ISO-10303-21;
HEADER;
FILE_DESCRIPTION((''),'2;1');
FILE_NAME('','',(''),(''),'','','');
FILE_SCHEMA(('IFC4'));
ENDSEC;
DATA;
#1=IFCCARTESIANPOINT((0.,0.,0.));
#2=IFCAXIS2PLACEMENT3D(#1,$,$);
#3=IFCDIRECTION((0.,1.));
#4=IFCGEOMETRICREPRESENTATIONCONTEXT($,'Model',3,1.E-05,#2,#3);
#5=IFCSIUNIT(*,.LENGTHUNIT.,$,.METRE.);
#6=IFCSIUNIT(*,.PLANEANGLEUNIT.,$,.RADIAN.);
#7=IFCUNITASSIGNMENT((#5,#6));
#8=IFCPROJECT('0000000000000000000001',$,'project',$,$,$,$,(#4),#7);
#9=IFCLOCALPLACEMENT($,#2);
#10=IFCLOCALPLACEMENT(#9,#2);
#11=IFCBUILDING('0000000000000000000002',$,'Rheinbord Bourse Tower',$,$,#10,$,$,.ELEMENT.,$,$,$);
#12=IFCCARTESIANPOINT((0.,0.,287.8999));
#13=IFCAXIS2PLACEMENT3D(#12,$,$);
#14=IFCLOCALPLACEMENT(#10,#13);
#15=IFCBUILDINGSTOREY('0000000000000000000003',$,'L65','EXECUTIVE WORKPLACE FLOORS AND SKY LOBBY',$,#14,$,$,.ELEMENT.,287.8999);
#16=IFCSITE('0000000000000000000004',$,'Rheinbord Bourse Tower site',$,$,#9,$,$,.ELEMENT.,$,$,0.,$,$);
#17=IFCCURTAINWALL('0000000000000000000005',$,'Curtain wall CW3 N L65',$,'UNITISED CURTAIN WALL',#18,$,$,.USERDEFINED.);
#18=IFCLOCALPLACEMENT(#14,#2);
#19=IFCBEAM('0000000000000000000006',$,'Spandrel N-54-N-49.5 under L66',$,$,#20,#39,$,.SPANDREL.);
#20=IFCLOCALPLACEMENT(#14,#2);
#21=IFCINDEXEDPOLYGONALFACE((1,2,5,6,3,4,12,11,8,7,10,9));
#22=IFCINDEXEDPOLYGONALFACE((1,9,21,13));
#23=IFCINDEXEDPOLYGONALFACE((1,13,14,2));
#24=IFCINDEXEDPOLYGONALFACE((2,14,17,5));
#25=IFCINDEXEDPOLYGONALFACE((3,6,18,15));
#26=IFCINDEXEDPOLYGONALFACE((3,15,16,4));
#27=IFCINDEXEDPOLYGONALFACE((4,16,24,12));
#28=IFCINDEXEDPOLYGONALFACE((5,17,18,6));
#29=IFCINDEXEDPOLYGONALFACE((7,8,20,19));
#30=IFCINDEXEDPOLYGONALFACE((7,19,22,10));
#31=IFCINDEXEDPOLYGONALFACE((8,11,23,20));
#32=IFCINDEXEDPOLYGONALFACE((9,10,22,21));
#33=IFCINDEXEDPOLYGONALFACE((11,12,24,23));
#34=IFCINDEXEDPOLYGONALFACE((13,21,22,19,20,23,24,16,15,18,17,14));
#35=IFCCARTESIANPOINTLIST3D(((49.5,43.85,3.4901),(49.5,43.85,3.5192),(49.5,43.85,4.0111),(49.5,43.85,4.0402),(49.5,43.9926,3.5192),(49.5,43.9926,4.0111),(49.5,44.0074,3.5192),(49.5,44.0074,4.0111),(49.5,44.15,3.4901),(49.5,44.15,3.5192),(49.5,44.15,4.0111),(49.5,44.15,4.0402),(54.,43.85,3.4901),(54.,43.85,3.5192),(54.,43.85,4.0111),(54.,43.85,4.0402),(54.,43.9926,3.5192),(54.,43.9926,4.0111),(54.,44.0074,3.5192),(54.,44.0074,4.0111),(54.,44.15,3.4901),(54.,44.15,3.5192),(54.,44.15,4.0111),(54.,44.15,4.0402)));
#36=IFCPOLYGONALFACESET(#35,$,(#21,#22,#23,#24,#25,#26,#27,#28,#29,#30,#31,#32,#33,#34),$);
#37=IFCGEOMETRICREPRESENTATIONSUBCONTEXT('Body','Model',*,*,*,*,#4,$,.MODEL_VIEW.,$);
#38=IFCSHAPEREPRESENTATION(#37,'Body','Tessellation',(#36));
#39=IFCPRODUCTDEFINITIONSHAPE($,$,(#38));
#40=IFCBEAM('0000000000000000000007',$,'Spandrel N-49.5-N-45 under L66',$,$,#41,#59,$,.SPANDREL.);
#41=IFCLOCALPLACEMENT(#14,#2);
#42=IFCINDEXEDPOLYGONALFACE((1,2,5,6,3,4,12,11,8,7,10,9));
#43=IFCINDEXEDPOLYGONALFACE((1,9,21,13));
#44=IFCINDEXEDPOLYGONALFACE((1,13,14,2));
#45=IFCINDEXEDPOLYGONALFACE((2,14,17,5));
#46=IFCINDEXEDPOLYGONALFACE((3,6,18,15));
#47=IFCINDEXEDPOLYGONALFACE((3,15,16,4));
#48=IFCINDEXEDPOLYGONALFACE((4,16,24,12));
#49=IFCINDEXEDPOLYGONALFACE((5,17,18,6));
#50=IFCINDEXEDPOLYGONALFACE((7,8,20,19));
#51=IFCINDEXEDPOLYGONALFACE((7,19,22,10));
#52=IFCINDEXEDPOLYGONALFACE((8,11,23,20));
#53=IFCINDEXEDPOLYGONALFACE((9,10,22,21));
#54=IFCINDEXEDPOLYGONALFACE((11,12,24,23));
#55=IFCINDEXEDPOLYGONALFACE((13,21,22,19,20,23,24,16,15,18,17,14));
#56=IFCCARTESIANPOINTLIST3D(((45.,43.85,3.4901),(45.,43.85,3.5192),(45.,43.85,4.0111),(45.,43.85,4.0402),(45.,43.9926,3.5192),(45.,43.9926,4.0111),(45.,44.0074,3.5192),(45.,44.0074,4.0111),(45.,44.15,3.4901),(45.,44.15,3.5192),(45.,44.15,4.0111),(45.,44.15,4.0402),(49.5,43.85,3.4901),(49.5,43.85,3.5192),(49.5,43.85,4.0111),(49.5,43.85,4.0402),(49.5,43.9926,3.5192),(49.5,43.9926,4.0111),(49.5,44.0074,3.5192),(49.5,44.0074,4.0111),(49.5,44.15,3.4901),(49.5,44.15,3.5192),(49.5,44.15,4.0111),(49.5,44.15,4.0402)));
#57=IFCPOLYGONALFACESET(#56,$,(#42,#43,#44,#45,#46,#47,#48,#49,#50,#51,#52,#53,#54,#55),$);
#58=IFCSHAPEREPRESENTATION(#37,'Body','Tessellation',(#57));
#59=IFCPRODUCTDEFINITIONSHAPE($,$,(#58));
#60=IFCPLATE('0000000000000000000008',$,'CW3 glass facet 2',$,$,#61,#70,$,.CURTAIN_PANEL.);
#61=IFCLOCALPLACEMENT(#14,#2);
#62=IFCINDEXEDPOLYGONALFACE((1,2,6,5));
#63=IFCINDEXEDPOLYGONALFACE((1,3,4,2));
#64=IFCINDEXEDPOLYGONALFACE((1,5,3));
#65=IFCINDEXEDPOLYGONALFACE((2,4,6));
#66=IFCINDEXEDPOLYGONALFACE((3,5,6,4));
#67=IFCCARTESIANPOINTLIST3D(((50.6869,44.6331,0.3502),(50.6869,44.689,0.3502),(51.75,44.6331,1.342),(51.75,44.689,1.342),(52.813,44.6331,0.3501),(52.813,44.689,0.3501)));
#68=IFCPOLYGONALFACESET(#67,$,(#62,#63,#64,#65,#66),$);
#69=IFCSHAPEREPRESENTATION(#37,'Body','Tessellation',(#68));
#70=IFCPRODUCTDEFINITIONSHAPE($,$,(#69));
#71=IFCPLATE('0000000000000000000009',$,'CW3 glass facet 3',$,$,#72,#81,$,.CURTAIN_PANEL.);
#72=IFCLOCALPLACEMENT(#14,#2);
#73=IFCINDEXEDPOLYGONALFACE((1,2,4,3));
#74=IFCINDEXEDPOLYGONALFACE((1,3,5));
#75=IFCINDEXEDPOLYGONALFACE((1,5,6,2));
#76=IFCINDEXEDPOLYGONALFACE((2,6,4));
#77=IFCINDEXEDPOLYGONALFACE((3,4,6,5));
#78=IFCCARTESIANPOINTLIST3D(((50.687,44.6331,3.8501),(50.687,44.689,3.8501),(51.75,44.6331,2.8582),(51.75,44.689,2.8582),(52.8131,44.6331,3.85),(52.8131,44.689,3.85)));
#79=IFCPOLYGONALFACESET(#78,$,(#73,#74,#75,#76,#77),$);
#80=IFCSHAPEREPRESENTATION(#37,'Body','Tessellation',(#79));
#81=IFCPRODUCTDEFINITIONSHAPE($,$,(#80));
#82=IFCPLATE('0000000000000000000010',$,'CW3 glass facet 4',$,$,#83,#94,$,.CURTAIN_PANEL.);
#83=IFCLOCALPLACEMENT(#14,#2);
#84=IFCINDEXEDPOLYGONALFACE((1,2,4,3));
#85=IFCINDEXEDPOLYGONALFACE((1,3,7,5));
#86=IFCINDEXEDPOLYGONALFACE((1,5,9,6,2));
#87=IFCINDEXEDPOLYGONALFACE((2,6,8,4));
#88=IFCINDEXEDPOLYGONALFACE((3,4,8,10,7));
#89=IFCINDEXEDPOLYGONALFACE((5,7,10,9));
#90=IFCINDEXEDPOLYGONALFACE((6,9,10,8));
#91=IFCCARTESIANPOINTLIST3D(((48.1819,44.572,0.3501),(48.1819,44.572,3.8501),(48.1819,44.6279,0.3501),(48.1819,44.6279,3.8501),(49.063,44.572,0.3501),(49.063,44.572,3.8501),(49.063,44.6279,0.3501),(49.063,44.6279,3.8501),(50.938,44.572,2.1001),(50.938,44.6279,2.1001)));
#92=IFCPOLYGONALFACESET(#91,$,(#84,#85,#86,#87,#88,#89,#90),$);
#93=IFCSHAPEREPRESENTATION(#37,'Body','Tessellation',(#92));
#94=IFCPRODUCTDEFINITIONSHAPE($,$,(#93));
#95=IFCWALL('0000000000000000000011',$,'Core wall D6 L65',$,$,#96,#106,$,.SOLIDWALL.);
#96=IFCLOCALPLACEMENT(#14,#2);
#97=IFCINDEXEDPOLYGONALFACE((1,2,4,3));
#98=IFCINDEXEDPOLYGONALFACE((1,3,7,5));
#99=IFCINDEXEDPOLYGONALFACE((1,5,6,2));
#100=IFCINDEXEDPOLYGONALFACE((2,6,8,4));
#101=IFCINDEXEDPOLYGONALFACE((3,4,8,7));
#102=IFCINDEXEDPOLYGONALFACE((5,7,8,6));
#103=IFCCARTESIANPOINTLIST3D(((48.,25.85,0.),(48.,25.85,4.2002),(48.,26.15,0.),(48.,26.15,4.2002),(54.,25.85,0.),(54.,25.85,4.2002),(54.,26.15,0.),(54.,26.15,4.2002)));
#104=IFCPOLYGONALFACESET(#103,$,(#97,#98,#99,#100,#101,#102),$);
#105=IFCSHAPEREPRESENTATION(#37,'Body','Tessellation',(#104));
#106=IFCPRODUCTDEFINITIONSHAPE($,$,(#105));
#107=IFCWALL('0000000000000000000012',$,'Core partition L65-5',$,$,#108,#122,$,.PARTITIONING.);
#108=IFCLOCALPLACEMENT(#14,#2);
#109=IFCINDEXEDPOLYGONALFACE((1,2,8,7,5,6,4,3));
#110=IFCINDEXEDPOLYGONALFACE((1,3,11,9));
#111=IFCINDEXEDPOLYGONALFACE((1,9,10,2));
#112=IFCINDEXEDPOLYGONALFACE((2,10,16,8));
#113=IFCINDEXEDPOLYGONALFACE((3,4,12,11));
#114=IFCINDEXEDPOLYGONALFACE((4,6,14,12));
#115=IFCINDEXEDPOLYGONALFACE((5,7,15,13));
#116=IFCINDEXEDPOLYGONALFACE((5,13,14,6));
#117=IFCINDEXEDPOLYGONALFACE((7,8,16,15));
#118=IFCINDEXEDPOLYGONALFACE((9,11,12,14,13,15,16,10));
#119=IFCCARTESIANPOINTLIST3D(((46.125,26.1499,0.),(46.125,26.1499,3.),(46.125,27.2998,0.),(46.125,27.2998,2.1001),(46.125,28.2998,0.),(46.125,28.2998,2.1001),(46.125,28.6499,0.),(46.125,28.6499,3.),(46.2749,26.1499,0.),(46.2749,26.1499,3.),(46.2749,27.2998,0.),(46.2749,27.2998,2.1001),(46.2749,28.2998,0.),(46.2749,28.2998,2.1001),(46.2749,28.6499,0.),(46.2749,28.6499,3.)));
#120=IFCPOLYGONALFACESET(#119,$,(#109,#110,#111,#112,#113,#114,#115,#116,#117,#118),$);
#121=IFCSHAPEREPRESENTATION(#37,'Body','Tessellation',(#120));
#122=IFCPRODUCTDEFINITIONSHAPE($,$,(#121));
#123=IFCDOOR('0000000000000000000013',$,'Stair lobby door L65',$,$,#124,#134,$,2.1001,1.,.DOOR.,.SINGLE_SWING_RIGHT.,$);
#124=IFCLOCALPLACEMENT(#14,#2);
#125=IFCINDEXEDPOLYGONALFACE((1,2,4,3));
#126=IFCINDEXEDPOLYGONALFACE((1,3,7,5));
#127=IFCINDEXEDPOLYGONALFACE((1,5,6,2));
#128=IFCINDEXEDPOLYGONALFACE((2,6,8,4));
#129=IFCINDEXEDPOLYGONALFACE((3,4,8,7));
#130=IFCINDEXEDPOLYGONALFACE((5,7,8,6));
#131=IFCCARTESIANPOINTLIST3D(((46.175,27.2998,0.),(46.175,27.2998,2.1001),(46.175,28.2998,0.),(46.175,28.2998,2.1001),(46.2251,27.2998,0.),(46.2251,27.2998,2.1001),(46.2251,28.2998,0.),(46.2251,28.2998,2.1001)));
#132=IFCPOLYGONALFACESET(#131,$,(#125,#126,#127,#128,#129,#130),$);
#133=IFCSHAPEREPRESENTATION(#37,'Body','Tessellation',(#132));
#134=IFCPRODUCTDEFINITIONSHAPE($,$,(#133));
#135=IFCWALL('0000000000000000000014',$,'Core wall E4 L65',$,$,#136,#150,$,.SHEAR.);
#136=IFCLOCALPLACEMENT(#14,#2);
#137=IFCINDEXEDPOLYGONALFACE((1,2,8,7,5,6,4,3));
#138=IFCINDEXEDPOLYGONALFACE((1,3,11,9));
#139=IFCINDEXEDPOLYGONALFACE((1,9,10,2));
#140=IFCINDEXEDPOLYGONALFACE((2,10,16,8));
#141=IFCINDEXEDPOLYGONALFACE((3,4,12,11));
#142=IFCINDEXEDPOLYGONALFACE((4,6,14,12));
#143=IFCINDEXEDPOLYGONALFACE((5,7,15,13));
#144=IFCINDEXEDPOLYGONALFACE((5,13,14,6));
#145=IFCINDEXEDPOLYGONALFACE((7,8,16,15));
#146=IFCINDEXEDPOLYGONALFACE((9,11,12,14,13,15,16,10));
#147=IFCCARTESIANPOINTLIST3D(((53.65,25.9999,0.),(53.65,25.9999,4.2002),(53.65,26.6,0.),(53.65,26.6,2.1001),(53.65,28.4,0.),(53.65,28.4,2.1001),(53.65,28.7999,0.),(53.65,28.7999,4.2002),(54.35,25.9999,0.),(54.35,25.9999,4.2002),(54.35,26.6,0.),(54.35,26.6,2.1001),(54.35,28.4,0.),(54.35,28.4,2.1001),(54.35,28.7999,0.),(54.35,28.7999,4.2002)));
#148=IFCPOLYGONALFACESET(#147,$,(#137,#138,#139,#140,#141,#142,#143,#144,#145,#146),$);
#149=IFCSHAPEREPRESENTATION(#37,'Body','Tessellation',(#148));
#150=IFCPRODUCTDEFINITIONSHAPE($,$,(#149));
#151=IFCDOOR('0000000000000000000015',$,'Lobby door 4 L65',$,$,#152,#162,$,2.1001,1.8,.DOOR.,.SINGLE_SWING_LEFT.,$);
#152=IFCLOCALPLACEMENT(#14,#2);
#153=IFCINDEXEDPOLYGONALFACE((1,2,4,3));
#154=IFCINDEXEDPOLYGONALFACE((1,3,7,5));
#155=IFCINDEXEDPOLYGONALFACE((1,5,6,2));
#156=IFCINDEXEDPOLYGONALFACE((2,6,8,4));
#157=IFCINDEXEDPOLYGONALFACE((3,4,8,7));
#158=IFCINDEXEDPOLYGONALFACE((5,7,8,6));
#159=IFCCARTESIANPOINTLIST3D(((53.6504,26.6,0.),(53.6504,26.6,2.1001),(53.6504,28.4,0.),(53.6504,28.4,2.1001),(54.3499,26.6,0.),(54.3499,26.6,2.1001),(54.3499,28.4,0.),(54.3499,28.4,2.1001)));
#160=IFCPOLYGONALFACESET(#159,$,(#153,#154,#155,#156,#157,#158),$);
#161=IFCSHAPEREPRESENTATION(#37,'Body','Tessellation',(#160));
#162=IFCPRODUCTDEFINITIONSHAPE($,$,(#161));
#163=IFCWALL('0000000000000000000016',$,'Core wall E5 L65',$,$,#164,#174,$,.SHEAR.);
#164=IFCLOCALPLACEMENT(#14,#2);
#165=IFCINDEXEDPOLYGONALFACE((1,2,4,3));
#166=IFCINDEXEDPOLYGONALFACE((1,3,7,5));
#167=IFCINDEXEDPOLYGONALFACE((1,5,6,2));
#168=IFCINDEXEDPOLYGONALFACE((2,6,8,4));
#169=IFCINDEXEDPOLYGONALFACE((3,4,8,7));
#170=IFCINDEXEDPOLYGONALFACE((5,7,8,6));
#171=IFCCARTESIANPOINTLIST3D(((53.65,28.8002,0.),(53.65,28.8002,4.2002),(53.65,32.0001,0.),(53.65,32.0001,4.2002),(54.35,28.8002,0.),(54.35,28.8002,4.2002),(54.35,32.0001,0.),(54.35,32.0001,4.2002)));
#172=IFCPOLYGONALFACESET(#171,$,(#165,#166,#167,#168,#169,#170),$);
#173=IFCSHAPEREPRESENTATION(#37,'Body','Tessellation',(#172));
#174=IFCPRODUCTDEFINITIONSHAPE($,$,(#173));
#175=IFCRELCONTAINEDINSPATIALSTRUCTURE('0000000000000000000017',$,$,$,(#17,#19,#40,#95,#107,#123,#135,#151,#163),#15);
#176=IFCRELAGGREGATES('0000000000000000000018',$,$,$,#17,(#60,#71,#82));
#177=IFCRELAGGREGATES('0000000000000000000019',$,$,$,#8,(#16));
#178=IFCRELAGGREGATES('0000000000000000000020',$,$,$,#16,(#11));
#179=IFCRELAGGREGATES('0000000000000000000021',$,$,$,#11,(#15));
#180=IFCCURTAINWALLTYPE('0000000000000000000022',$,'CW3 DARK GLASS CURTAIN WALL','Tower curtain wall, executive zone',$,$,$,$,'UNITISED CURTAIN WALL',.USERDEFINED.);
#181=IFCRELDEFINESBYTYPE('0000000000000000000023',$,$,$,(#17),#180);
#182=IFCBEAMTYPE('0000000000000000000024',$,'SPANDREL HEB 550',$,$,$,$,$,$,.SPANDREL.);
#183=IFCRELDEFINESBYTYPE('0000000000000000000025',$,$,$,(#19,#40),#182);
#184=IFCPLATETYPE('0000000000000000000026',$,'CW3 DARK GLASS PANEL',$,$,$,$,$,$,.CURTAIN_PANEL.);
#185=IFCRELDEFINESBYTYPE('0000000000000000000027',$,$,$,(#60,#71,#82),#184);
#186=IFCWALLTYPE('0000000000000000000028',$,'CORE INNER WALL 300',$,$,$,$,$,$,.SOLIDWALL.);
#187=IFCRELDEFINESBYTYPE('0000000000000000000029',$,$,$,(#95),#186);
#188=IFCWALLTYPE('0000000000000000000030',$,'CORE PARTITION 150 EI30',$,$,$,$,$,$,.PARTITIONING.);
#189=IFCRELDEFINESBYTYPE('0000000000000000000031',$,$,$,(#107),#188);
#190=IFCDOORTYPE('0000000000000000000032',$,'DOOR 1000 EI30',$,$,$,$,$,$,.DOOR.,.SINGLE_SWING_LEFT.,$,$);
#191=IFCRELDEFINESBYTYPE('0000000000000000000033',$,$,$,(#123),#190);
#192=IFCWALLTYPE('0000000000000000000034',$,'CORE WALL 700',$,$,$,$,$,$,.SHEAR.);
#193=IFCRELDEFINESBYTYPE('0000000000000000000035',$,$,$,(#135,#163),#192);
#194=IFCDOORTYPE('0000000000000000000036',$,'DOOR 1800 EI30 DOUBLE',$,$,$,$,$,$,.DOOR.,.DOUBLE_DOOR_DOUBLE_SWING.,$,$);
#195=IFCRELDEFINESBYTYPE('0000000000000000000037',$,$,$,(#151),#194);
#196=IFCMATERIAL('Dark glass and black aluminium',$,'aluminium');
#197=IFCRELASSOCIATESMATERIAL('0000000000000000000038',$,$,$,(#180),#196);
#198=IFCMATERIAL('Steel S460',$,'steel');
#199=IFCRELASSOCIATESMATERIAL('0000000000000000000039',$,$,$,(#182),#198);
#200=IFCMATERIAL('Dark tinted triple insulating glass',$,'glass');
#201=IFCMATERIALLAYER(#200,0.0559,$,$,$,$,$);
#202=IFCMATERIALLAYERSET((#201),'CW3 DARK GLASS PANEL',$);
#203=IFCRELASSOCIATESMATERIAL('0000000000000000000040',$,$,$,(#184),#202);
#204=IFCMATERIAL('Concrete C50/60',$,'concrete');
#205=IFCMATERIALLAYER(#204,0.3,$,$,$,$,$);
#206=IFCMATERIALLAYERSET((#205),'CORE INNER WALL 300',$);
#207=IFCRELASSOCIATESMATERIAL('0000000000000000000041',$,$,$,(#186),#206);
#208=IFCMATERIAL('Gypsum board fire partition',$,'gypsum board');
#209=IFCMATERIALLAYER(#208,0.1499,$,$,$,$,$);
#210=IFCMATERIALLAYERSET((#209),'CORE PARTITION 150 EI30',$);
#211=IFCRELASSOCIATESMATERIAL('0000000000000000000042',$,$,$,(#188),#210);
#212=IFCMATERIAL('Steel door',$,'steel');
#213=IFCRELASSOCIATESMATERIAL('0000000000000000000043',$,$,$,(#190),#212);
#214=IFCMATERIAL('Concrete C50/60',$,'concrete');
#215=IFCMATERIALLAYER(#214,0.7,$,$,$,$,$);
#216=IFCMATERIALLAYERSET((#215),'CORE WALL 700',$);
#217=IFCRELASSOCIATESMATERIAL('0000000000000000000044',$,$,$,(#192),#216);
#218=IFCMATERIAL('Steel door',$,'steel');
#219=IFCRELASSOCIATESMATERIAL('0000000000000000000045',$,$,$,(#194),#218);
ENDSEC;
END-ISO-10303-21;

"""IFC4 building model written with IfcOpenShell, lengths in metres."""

from ifc_helpers import new_model, si_unit, direction, frame, frame_2d, origin, origin_2d, place, context, subcontext, project, spatial, polyline, rectangle, i_section, outline, extrude, material, layer, layer_set, material_profile, profile_set, type_object, element, fill, aggregate, save


model = new_model("IFC4")

# Units and contexts
model_context = context("Model", 3, precision=1e-05, world=origin(), true_north=direction((0.0, 1.0)))
body_context = subcontext(model_context, "Body", "Model", "MODEL_VIEW")
ifc_project = project(units=[si_unit("LENGTHUNIT", "METRE"), si_unit("PLANEANGLEUNIT", "RADIAN")], contexts=[model_context])

# Site, building, storey
site_placement = place(None, origin())
site = spatial("IfcSite", under=ifc_project, at=site_placement, Name="Rheinbord Bourse Tower site", CompositionType="ELEMENT", RefElevation=0.0)
building_placement = place(site_placement, origin())
building = spatial("IfcBuilding", under=site, at=building_placement, Name="Rheinbord Bourse Tower", CompositionType="ELEMENT")
storey_placement = place(building_placement, frame((0.0, 0.0, 287.8999)))
storey = spatial("IfcBuildingStorey", under=building, at=storey_placement, Name="L65", Description="EXECUTIVE WORKPLACE FLOORS AND SKY LOBBY", CompositionType="ELEMENT", Elevation=287.8999)

# Curtain wall
ifc_material_1 = material(Name="Dark glass and black aluminium", Category="aluminium")
curtain_wall_type = type_object("IfcCurtainWallType", Name="CW3 DARK GLASS CURTAIN WALL", Description="Tower curtain wall, executive zone", ElementType="UNITISED CURTAIN WALL", PredefinedType="USERDEFINED", material=ifc_material_1)
curtain_wall_placement = place(storey_placement, origin())
curtain_wall = element("IfcCurtainWall", 1, at=curtain_wall_placement, inside=storey, type_object=curtain_wall_type, Name="Curtain wall CW3 N L65", ObjectType="UNITISED CURTAIN WALL", PredefinedType="USERDEFINED")

# Beams
ifc_material_2 = material(Name="Steel S460", Category="steel")
ifc_material_profile_1 = material_profile(ifc_material_2, i_section(OverallWidth=0.3, OverallDepth=0.55, WebThickness=0.0149, FlangeThickness=0.0291, at=origin_2d()), Name="HEB 550")
ifc_profile_set_1 = profile_set([ifc_material_profile_1], Name="Steel S460")
beam_type_1 = type_object("IfcBeamType", Name="SPANDREL HEB 550", PredefinedType="SPANDREL", material=ifc_profile_set_1)
for number, where, z_axis, x_axis, name in (
    (2, (54.0, 44.0, 3.7651), (-1.0, 0.0, 0.0), (0.0, -1.0, 0.0), "Spandrel N-54-N-49.5 under L66"),
    (3, (49.5, 44.0, 3.7651), (-1.0, 0.0, 0.0), (0.0, -1.0, 0.0), "Spandrel N-49.5-N-45 under L66"),
):
    element("IfcBeam", number, at=place(storey_placement, frame(where, z_axis=z_axis, x_axis=x_axis)), inside=storey, type_object=beam_type_1, Name=name, PredefinedType="SPANDREL", context=body_context, shape_type="SweptSolid", body=[
        extrude(i_section(OverallWidth=0.3, OverallDepth=0.55, WebThickness=0.0149, FlangeThickness=0.0291, at=origin_2d()), origin(), (0.0, 0.0, 1.0), 4.5),
    ])

# Plates
ifc_material_3 = material(Name="Dark tinted triple insulating glass", Category="glass")
ifc_layer_1 = layer(ifc_material_3, 0.0559)
ifc_layer_set_1 = layer_set([ifc_layer_1], Name="CW3 DARK GLASS PANEL")
plate_type = type_object("IfcPlateType", Name="CW3 DARK GLASS PANEL", PredefinedType="CURTAIN_PANEL", material=ifc_layer_set_1)
plate_1_placement = place(storey_placement, frame((52.813, 44.689, 0.3501), z_axis=(0.0, -1.0, 0.0), x_axis=(-0.731117, 0.0, 0.682252)))
plate_1 = element("IfcPlate", 4, at=plate_1_placement, type_object=plate_type, Name="CW3 glass facet 2", PredefinedType="CURTAIN_PANEL", context=body_context, shape_type="SweptSolid", body=[
    extrude(outline(polyline([(0.0, 0.0), (1.4539, 0.0), (1.5544, 1.4504), (0.0, 0.0)])), origin(), (0.0, 0.0, 1.0), 0.0559),
])
plate_2_placement = place(storey_placement, frame((50.687, 44.689, 3.8501), z_axis=(0.0, -1.0, 0.0), x_axis=(0.731117, 0.0, -0.682252)))
plate_2 = element("IfcPlate", 5, at=plate_2_placement, type_object=plate_type, Name="CW3 glass facet 3", PredefinedType="CURTAIN_PANEL", context=body_context, shape_type="SweptSolid", body=[
    extrude(outline(polyline([(0.0, 0.0), (1.4539, 0.0), (1.5544, 1.4504), (0.0, 0.0)])), origin(), (0.0, 0.0, 1.0), 0.0559),
])
plate_3_placement = place(storey_placement, frame((48.1819, 44.6279, 3.8501), z_axis=(0.0, -1.0, 0.0), x_axis=(0.0, 0.0, -1.0)))
plate_3 = element("IfcPlate", 6, at=plate_3_placement, type_object=plate_type, Name="CW3 glass facet 4", PredefinedType="CURTAIN_PANEL", context=body_context, shape_type="SweptSolid", body=[
    extrude(outline(polyline([(0.0, 0.0), (3.5, 0.0), (3.5, 0.8811), (1.75, 2.7561), (0.0, 0.8811), (0.0, 0.0)])), origin(), (0.0, 0.0, 1.0), 0.0559),
])
aggregate(curtain_wall, [plate_1, plate_2, plate_3])

# Wall
ifc_material_4 = material(Name="Concrete C50/60", Category="concrete")
ifc_layer_2 = layer(ifc_material_4, 0.3)
ifc_layer_set_2 = layer_set([ifc_layer_2], Name="CORE INNER WALL 300")
wall_type_1 = type_object("IfcWallType", Name="CORE INNER WALL 300", PredefinedType="SOLIDWALL", material=ifc_layer_set_2)
wall_1_placement = place(storey_placement, frame((48.0, 26.0, 0.0), z_axis=(0.0, 0.0, 1.0), x_axis=(1.0, 0.0, 0.0)))
element("IfcWall", 7, at=wall_1_placement, inside=storey, type_object=wall_type_1, Name="Core wall D6 L65", PredefinedType="SOLIDWALL", context=body_context, shape_type="SweptSolid", body=[
    extrude(rectangle(XDim=6.0, YDim=0.3, at=frame_2d((3.0, 0.0))), origin(), (0.0, 0.0, 1.0), 4.2002),
])

# Walls, openings, doors
ifc_material_5 = material(Name="Gypsum board fire partition", Category="gypsum board")
ifc_layer_3 = layer(ifc_material_5, 0.1499)
ifc_layer_set_3 = layer_set([ifc_layer_3], Name="CORE PARTITION 150 EI30")
wall_type_2 = type_object("IfcWallType", Name="CORE PARTITION 150 EI30", PredefinedType="PARTITIONING", material=ifc_layer_set_3)
wall_2_placement = place(storey_placement, frame((46.2, 26.1499, 0.0), z_axis=(0.0, 0.0, 1.0), x_axis=(0.0, 1.0, 0.0)))
wall_2 = element("IfcWall", 8, at=wall_2_placement, inside=storey, type_object=wall_type_2, Name="Core partition L65-5", PredefinedType="PARTITIONING", context=body_context, shape_type="SweptSolid", body=[
    extrude(rectangle(XDim=2.5, YDim=0.1499, at=frame_2d((1.25, 0.0))), origin(), (0.0, 0.0, 1.0), 3.0),
])
opening_1_placement = place(wall_2_placement, frame((1.1499, 0.0, 0.0)))
opening_1 = element("IfcOpeningElement", 9, at=opening_1_placement, cuts=wall_2, PredefinedType="OPENING", context=body_context, shape_type="SweptSolid", body=[
    extrude(rectangle(XDim=1.0, YDim=2.1001, at=frame_2d((0.5, 1.05))), frame((0.0, 0.085, 0.0), z_axis=(0.0, -1.0, 0.0), x_axis=(1.0, 0.0, 0.0)), (0.0, 0.0, 1.0), 0.1699),
])
ifc_material_6 = material(Name="Steel door", Category="steel")
door_type_1 = type_object("IfcDoorType", Name="DOOR 1000 EI30", OperationType="SINGLE_SWING_LEFT", PredefinedType="DOOR", material=ifc_material_6)
door_1_placement = place(opening_1_placement, origin())
door_1 = element("IfcDoor", 10, at=door_1_placement, inside=storey, type_object=door_type_1, Name="Stair lobby door L65", OperationType="SINGLE_SWING_RIGHT", OverallHeight=2.1001, OverallWidth=1.0, PredefinedType="DOOR", context=body_context, shape_type="SweptSolid", body=[
    extrude(rectangle(XDim=1.0, YDim=2.1001, at=frame_2d((0.5, 1.05))), frame((0.0, 0.0249, 0.0), z_axis=(0.0, -1.0, 0.0), x_axis=(1.0, 0.0, 0.0)), (0.0, 0.0, 1.0), 0.05),
])
fill(opening_1, door_1)
ifc_material_7 = material(Name="Concrete C50/60", Category="concrete")
ifc_layer_4 = layer(ifc_material_7, 0.7)
ifc_layer_set_4 = layer_set([ifc_layer_4], Name="CORE WALL 700")
wall_type_3 = type_object("IfcWallType", Name="CORE WALL 700", PredefinedType="SHEAR", material=ifc_layer_set_4)
wall_3_placement = place(storey_placement, frame((54.0, 26.0, 0.0), z_axis=(0.0, 0.0, 1.0), x_axis=(0.0, 1.0, 0.0)))
wall_3 = element("IfcWall", 11, at=wall_3_placement, inside=storey, type_object=wall_type_3, Name="Core wall E4 L65", PredefinedType="SHEAR", context=body_context, shape_type="SweptSolid", body=[
    extrude(rectangle(XDim=2.8, YDim=0.7, at=frame_2d((1.3999, 0.0))), origin(), (0.0, 0.0, 1.0), 4.2002),
])
opening_2_placement = place(wall_3_placement, frame((0.6001, 0.0, 0.0)))
opening_2 = element("IfcOpeningElement", 12, at=opening_2_placement, cuts=wall_3, PredefinedType="OPENING", context=body_context, shape_type="SweptSolid", body=[
    extrude(rectangle(XDim=1.8, YDim=2.1001, at=frame_2d((0.8999, 1.05))), frame((0.0, 0.3599, 0.0), z_axis=(0.0, -1.0, 0.0), x_axis=(1.0, 0.0, 0.0)), (0.0, 0.0, 1.0), 0.72),
])
ifc_material_8 = material(Name="Steel door", Category="steel")
door_type_2 = type_object("IfcDoorType", Name="DOOR 1800 EI30 DOUBLE", OperationType="DOUBLE_DOOR_DOUBLE_SWING", PredefinedType="DOOR", material=ifc_material_8)
door_2_placement = place(opening_2_placement, origin())
door_2 = element("IfcDoor", 13, at=door_2_placement, inside=storey, type_object=door_type_2, Name="Lobby door 4 L65", OperationType="SINGLE_SWING_LEFT", OverallHeight=2.1001, OverallWidth=1.8, PredefinedType="DOOR", context=body_context, shape_type="SweptSolid", body=[
    extrude(rectangle(XDim=1.8, YDim=2.1001, at=frame_2d((0.8999, 1.05))), frame((0.0, 0.3496, 0.0), z_axis=(0.0, -1.0, 0.0), x_axis=(1.0, 0.0, 0.0)), (0.0, 0.0, 1.0), 0.6995),
])
fill(opening_2, door_2)

# Wall
wall_4_placement = place(storey_placement, frame((54.0, 28.8, 0.0), z_axis=(0.0, 0.0, 1.0), x_axis=(0.0, 1.0, 0.0)))
element("IfcWall", 14, at=wall_4_placement, inside=storey, type_object=wall_type_3, Name="Core wall E5 L65", PredefinedType="SHEAR", context=body_context, shape_type="SweptSolid", body=[
    extrude(rectangle(XDim=3.2, YDim=0.7, at=frame_2d((1.6001, 0.0))), origin(), (0.0, 0.0, 1.0), 4.2002),
])

save(model, "model.ifc")
